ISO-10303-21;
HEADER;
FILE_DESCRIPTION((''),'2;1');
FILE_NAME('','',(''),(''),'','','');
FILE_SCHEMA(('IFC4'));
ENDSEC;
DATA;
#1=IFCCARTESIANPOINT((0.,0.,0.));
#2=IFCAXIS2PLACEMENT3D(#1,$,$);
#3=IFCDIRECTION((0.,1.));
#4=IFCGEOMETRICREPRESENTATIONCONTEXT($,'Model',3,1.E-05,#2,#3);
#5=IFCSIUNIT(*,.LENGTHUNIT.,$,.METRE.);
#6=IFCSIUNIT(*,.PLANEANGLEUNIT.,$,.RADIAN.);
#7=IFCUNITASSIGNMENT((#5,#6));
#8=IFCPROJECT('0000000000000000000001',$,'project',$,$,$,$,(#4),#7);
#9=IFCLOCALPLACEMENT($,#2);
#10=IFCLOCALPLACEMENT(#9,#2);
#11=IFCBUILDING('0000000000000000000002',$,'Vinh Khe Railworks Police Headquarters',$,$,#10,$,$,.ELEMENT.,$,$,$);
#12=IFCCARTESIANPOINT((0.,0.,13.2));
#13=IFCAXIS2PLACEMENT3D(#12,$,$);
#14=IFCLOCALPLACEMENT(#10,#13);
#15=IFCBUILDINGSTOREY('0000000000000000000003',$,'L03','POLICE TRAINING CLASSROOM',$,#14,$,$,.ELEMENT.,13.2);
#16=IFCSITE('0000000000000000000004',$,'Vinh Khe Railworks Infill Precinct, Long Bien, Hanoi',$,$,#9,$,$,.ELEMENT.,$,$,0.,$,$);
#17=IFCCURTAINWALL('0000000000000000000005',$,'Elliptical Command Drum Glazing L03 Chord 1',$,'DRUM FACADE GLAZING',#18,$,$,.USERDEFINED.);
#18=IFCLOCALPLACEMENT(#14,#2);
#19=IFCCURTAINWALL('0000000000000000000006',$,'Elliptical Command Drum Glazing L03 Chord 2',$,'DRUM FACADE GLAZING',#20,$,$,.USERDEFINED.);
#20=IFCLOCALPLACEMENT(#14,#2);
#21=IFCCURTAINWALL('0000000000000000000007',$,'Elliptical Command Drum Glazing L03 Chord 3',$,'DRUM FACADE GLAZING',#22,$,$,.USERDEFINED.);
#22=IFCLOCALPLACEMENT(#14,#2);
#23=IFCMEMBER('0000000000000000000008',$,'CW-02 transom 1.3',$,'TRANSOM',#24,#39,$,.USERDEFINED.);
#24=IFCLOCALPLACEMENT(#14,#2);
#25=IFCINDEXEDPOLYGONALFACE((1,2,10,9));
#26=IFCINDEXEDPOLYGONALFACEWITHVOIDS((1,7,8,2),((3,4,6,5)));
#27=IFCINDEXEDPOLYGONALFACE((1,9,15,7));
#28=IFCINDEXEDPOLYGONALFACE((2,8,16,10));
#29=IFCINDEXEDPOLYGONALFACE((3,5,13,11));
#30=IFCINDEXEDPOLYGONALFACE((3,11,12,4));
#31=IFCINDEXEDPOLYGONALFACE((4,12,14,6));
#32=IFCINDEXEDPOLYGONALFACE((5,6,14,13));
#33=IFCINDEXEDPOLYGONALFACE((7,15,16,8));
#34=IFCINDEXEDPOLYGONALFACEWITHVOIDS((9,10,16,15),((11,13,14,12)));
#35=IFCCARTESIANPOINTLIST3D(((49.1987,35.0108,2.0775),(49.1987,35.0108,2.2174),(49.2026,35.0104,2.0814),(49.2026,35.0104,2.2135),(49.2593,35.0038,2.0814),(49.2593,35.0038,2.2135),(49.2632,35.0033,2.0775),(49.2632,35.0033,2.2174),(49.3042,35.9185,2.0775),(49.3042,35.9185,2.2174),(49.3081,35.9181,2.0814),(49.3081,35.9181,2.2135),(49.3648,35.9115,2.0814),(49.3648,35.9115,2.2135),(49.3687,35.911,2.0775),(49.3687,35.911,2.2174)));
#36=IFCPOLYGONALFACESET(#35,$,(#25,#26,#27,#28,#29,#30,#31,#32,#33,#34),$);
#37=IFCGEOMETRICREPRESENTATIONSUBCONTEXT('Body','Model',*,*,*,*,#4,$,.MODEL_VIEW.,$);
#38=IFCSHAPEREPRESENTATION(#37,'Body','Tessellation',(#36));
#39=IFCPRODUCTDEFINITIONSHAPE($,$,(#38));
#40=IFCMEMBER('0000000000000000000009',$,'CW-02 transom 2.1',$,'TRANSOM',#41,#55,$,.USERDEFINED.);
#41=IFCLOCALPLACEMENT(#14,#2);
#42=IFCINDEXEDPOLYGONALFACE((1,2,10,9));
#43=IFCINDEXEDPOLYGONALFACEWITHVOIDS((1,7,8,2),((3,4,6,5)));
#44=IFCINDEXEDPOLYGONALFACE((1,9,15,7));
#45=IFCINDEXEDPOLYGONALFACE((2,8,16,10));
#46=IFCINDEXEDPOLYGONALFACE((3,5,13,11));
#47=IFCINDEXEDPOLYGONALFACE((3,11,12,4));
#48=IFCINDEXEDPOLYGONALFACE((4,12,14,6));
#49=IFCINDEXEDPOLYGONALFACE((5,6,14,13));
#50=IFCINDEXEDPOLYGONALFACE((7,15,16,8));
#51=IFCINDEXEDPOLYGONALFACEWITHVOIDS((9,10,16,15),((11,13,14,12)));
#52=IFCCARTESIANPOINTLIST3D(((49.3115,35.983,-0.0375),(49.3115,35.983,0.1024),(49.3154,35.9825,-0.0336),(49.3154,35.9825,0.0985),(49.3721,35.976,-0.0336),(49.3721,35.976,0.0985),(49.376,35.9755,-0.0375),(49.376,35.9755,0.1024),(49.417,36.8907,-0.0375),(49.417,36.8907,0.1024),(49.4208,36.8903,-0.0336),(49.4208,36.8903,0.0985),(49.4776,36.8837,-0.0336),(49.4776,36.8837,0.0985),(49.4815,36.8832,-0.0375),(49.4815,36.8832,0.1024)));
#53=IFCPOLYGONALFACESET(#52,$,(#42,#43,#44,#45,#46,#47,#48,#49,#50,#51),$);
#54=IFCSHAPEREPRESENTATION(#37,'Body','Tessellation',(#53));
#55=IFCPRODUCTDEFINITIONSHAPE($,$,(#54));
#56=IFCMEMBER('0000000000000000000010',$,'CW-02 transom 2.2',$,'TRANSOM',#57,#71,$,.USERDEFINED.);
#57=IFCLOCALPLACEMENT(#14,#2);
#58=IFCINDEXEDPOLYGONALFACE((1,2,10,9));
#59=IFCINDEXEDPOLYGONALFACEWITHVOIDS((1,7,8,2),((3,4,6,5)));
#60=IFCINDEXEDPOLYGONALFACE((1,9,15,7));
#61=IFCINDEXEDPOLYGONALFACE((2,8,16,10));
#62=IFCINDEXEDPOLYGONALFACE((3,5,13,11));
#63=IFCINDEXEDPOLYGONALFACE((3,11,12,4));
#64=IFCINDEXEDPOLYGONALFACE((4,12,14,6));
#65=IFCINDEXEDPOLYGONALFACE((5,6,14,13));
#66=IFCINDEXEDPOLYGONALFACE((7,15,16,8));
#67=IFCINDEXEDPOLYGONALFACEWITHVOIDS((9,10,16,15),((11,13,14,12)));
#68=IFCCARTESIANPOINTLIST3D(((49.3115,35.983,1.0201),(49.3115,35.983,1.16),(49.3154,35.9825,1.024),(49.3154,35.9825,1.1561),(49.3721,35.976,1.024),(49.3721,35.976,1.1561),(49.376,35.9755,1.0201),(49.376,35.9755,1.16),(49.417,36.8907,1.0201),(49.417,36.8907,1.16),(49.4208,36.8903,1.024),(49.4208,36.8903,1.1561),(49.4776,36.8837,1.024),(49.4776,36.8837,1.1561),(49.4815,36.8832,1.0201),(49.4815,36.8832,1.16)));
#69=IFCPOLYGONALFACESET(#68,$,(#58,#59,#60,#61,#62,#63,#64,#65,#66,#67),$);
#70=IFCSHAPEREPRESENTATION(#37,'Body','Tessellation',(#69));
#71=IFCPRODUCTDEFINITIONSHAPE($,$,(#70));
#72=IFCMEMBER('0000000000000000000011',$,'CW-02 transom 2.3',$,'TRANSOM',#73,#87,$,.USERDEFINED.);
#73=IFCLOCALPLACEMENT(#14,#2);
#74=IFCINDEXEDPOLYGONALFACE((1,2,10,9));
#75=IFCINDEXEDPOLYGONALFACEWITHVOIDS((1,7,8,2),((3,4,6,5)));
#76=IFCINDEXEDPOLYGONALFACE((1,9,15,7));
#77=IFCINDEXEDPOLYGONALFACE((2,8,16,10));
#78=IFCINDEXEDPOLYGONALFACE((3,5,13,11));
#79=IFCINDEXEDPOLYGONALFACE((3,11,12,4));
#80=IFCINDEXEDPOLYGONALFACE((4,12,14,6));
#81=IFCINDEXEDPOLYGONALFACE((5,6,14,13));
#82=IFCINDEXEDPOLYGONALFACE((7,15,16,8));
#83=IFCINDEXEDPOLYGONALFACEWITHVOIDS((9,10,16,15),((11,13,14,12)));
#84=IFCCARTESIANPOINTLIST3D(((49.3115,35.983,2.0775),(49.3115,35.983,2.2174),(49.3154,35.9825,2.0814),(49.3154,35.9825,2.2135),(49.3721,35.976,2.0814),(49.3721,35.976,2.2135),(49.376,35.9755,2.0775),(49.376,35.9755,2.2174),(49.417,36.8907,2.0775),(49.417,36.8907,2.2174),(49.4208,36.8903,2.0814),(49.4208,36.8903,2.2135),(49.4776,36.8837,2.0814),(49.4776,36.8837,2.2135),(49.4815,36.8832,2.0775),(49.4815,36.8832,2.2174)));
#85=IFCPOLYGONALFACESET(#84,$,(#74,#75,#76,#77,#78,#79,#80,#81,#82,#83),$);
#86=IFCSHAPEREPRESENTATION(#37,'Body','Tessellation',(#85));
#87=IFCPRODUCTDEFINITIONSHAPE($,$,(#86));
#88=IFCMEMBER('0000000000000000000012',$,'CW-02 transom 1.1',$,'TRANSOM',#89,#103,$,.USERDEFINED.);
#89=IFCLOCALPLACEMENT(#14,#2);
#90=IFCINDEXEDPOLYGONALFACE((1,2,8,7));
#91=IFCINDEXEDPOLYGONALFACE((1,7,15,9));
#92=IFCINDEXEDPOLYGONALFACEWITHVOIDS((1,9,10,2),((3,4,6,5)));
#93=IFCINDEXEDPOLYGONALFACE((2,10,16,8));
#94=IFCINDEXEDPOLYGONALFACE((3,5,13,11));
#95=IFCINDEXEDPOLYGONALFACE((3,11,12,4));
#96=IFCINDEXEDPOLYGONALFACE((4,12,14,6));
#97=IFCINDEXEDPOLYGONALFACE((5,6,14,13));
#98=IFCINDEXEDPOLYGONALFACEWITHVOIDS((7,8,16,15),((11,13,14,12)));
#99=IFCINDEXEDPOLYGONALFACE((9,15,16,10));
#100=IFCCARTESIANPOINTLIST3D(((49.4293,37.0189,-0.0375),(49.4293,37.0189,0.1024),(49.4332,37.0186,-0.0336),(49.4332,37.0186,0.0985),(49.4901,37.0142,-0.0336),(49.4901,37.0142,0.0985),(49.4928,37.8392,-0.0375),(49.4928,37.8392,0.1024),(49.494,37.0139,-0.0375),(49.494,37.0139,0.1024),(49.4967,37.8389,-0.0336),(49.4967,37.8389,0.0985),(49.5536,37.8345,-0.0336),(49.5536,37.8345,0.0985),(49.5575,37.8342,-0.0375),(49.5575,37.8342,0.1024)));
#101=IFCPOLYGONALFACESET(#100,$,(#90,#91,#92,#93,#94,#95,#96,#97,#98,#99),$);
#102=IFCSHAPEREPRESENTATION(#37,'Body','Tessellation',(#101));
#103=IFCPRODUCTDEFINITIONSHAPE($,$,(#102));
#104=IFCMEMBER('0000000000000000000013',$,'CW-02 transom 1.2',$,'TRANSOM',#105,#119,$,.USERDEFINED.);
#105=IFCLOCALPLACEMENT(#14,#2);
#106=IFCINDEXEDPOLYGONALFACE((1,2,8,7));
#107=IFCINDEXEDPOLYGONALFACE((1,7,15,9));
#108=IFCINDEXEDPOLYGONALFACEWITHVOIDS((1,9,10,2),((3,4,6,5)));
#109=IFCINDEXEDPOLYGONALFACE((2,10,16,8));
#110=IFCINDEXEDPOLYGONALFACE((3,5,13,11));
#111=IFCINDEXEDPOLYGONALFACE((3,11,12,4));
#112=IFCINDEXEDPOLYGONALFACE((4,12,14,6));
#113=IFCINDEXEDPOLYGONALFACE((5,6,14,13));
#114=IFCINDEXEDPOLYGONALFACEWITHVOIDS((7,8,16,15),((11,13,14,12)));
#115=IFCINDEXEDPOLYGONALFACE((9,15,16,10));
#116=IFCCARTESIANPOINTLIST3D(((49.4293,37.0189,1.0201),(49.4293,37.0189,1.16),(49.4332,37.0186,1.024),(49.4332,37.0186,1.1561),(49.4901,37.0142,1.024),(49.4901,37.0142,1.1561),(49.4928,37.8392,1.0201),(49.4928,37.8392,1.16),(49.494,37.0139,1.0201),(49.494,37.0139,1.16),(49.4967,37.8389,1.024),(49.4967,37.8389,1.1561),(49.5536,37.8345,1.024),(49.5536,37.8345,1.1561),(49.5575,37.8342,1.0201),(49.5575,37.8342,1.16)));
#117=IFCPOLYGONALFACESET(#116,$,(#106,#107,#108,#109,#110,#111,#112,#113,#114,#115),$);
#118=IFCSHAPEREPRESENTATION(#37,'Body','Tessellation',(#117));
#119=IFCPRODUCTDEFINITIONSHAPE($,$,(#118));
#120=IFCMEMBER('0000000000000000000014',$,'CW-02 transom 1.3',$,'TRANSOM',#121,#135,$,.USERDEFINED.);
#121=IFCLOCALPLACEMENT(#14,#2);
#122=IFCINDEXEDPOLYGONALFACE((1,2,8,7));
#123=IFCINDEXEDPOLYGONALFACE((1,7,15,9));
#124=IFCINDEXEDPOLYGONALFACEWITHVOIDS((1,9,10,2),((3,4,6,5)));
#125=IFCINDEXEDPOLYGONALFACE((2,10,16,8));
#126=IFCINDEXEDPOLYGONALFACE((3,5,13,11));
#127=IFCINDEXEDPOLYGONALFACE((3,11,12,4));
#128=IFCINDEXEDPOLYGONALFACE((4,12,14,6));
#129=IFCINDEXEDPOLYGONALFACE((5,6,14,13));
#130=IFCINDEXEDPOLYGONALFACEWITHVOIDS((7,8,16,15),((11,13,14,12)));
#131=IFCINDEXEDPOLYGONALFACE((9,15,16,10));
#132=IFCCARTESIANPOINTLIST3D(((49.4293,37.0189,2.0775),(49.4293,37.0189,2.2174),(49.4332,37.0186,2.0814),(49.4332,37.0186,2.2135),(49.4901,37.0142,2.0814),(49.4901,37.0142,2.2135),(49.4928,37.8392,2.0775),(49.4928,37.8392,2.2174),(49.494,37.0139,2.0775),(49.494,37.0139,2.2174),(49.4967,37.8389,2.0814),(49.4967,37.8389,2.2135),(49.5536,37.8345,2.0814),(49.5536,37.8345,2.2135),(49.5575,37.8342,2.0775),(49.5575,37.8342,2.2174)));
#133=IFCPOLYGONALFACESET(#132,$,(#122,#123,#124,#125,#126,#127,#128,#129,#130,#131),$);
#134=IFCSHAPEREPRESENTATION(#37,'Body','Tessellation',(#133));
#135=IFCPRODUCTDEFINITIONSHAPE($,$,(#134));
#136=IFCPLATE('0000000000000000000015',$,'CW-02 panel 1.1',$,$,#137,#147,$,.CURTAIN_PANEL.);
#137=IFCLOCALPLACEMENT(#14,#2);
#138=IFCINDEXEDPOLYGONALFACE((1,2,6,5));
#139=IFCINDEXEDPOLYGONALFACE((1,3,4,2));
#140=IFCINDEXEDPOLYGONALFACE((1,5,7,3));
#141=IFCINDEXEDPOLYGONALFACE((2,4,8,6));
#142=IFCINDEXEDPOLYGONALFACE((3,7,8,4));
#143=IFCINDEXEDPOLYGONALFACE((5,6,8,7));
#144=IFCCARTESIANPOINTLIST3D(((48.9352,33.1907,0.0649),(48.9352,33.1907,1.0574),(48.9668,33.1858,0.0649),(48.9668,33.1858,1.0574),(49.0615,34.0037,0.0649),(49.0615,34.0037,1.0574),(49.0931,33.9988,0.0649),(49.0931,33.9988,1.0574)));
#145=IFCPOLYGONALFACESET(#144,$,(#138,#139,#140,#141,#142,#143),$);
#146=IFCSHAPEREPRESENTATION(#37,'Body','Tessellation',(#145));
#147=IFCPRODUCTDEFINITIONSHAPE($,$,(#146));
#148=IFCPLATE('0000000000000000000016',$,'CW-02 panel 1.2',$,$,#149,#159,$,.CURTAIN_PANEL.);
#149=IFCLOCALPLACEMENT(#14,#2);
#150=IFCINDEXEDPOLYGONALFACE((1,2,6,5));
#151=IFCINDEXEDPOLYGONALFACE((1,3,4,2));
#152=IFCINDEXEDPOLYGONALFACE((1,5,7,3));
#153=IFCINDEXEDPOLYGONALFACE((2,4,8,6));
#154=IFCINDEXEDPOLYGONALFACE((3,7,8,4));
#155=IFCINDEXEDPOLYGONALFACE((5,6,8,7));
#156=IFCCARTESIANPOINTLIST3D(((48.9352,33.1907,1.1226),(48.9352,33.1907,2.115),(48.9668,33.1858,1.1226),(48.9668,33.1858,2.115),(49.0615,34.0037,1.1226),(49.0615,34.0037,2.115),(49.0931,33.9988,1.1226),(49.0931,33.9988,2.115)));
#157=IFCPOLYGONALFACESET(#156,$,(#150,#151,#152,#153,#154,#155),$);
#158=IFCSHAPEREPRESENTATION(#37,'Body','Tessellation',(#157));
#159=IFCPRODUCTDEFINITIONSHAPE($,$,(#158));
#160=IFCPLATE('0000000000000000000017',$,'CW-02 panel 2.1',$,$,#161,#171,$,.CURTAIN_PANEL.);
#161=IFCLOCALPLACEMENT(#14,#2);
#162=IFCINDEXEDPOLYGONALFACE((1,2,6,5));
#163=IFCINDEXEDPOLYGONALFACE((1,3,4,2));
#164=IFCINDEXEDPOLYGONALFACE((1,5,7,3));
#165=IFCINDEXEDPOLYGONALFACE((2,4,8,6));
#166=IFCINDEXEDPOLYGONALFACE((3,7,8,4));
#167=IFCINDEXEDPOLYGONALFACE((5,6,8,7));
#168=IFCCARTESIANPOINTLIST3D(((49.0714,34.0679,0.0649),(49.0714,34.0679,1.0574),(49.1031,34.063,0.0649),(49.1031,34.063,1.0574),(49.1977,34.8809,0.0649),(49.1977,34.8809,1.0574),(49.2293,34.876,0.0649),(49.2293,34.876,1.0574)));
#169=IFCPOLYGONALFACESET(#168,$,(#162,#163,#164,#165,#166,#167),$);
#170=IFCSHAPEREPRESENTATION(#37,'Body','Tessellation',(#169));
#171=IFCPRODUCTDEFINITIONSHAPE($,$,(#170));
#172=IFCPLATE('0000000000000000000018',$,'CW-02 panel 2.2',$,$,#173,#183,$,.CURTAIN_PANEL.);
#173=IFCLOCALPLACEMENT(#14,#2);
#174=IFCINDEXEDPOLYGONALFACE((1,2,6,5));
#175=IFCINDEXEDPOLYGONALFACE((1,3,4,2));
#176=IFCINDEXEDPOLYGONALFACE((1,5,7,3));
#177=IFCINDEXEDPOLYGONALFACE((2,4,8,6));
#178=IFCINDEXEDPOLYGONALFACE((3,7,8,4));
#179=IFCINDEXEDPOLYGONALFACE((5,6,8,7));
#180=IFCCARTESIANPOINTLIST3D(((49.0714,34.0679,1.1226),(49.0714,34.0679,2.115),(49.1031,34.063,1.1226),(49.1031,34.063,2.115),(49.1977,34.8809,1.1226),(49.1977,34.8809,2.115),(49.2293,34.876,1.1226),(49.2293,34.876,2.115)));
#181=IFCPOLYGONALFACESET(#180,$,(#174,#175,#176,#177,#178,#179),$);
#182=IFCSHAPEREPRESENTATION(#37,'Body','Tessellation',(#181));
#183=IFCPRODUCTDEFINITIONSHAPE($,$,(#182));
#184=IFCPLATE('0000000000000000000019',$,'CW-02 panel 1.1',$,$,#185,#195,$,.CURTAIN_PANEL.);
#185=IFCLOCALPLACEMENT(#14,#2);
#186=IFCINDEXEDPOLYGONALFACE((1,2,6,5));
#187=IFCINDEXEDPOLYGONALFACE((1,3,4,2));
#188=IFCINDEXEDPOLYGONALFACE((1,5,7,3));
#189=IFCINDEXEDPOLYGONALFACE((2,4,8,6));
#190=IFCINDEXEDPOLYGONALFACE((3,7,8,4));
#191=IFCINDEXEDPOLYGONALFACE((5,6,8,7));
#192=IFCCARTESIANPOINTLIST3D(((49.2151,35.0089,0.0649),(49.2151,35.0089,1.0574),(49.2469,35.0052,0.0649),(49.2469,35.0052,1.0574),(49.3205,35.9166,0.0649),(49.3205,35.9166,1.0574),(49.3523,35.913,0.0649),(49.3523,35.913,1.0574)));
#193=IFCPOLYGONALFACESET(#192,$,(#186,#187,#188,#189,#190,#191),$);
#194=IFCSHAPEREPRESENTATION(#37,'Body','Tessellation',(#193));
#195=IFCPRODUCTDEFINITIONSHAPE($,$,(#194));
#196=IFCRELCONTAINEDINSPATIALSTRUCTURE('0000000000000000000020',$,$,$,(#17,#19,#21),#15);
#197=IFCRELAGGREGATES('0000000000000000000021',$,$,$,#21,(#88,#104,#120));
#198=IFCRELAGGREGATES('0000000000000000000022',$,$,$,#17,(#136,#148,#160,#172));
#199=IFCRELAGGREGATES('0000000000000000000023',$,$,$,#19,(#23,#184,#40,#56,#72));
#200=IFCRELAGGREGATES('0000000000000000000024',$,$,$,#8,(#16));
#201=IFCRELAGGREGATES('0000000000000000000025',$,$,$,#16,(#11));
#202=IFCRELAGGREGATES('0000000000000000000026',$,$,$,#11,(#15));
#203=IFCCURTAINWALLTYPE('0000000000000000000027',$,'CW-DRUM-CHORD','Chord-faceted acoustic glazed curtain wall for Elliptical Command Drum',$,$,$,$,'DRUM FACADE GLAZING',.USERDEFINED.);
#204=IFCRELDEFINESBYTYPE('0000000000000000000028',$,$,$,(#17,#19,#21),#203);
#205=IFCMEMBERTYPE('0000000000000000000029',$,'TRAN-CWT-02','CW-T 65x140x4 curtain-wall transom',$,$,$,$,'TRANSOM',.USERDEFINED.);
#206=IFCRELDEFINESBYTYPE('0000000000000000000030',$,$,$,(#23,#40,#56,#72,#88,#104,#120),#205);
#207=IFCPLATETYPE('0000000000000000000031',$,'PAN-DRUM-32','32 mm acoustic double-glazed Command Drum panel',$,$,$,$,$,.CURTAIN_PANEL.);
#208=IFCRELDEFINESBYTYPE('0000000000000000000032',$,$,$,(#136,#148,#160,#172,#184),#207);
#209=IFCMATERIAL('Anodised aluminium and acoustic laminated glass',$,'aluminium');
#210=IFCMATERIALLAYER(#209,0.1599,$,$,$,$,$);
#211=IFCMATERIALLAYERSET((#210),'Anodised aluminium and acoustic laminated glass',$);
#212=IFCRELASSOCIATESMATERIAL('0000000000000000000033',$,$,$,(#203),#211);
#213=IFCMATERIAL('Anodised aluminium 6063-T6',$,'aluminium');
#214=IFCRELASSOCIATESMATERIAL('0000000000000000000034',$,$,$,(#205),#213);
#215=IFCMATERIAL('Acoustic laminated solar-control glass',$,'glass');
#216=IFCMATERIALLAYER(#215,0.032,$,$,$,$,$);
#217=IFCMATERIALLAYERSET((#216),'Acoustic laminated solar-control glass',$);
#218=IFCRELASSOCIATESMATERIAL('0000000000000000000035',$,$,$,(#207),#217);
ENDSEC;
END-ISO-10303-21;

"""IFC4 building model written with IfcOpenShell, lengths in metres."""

from ifc_helpers import new_model, si_unit, direction, frame, origin, origin_2d, place, context, subcontext, project, spatial, rectangle, hollow_rectangle, extrude, material, layer, layer_set, material_profile, profile_set, type_object, element, aggregate, save


model = new_model("IFC4")

# Units and contexts
model_context = context("Model", 3, precision=1e-05, world=origin(), true_north=direction((0.0, 1.0)))
body_context = subcontext(model_context, "Body", "Model", "MODEL_VIEW")
ifc_project = project(units=[si_unit("LENGTHUNIT", "METRE"), si_unit("PLANEANGLEUNIT", "RADIAN")], contexts=[model_context])

# Site, building, storey
site_placement = place(None, origin())
site = spatial("IfcSite", under=ifc_project, at=site_placement, Name="Vinh Khe Railworks Infill Precinct, Long Bien, Hanoi", CompositionType="ELEMENT", RefElevation=0.0)
building_placement = place(site_placement, origin())
building = spatial("IfcBuilding", under=site, at=building_placement, Name="Vinh Khe Railworks Police Headquarters", CompositionType="ELEMENT")
storey_placement = place(building_placement, frame((0.0, 0.0, 13.2)))
storey = spatial("IfcBuildingStorey", under=building, at=storey_placement, Name="L03", Description="POLICE TRAINING CLASSROOM", CompositionType="ELEMENT", Elevation=13.2)

# Curtain walls
ifc_material_1 = material(Name="Anodised aluminium and acoustic laminated glass", Category="aluminium")
ifc_layer_1 = layer(ifc_material_1, 0.1599)
ifc_layer_set_1 = layer_set([ifc_layer_1], Name="Anodised aluminium and acoustic laminated glass")
curtain_wall_type = type_object("IfcCurtainWallType", Name="CW-DRUM-CHORD", Description="Chord-faceted acoustic glazed curtain wall for Elliptical Command Drum", ElementType="DRUM FACADE GLAZING", PredefinedType="USERDEFINED", material=ifc_layer_set_1)
curtain_wall_1_placement = place(storey_placement, origin())
curtain_wall_1 = element("IfcCurtainWall", 1, at=curtain_wall_1_placement, inside=storey, type_object=curtain_wall_type, Name="Elliptical Command Drum Glazing L03 Chord 1", ObjectType="DRUM FACADE GLAZING", PredefinedType="USERDEFINED")
ifc_material_2 = material(Name="Anodised aluminium 6063-T6", Category="aluminium")
curtain_wall_2_placement = place(storey_placement, origin())
curtain_wall_2 = element("IfcCurtainWall", 2, at=curtain_wall_2_placement, inside=storey, type_object=curtain_wall_type, Name="Elliptical Command Drum Glazing L03 Chord 2", ObjectType="DRUM FACADE GLAZING", PredefinedType="USERDEFINED")

# Curtain wall
curtain_wall_3_placement = place(storey_placement, origin())
curtain_wall_3 = element("IfcCurtainWall", 3, at=curtain_wall_3_placement, inside=storey, type_object=curtain_wall_type, Name="Elliptical Command Drum Glazing L03 Chord 3", ObjectType="DRUM FACADE GLAZING", PredefinedType="USERDEFINED")

# Members
ifc_material_profile_1 = material_profile(ifc_material_2, hollow_rectangle(XDim=0.0649, YDim=0.1399, WallThickness=0.0039, at=origin_2d()), Name="CW-T 65x140x4")
ifc_profile_set_1 = profile_set([ifc_material_profile_1], Name="Anodised aluminium 6063-T6")
member_type_1 = type_object("IfcMemberType", Name="TRAN-CWT-02", Description="CW-T 65x140x4 curtain-wall transom", ElementType="TRANSOM", PredefinedType="USERDEFINED", material=ifc_profile_set_1)
member_1_placement = place(storey_placement, frame((49.231, 35.0071, 2.1475), z_axis=(0.115415, 0.993317, 0.0), x_axis=(-0.993317, 0.115415, 0.0)))
member_1 = element("IfcMember", 4, at=member_1_placement, type_object=member_type_1, Name="CW-02 transom 1.3", ObjectType="TRANSOM", PredefinedType="USERDEFINED", context=body_context, shape_type="SweptSolid", body=[
    extrude(hollow_rectangle(XDim=0.0649, YDim=0.1399, WallThickness=0.0039, at=origin_2d()), origin(), (0.0, 0.0, 1.0), 0.9138),
])
member_2_placement = place(storey_placement, frame((49.3438, 35.9792, 0.0325), z_axis=(0.115415, 0.993317, 0.0), x_axis=(-0.993317, 0.115415, 0.0)))
member_2 = element("IfcMember", 5, at=member_2_placement, type_object=member_type_1, Name="CW-02 transom 2.1", ObjectType="TRANSOM", PredefinedType="USERDEFINED", context=body_context, shape_type="SweptSolid", body=[
    extrude(hollow_rectangle(XDim=0.0649, YDim=0.1399, WallThickness=0.0039, at=origin_2d()), origin(), (0.0, 0.0, 1.0), 0.9138),
])
member_3_placement = place(storey_placement, frame((49.3438, 35.9792, 1.0901), z_axis=(0.115415, 0.993317, 0.0), x_axis=(-0.993317, 0.115415, 0.0)))
member_3 = element("IfcMember", 6, at=member_3_placement, type_object=member_type_1, Name="CW-02 transom 2.2", ObjectType="TRANSOM", PredefinedType="USERDEFINED", context=body_context, shape_type="SweptSolid", body=[
    extrude(hollow_rectangle(XDim=0.0649, YDim=0.1399, WallThickness=0.0039, at=origin_2d()), origin(), (0.0, 0.0, 1.0), 0.9138),
])
member_4_placement = place(storey_placement, frame((49.3438, 35.9792, 2.1475), z_axis=(0.115415, 0.993317, 0.0), x_axis=(-0.993317, 0.115415, 0.0)))
member_4 = element("IfcMember", 7, at=member_4_placement, type_object=member_type_1, Name="CW-02 transom 2.3", ObjectType="TRANSOM", PredefinedType="USERDEFINED", context=body_context, shape_type="SweptSolid", body=[
    extrude(hollow_rectangle(XDim=0.0649, YDim=0.1399, WallThickness=0.0039, at=origin_2d()), origin(), (0.0, 0.0, 1.0), 0.9138),
])
member_5_placement = place(storey_placement, frame((49.4617, 37.0164, 0.0325), z_axis=(0.07715, 0.997019, 0.0), x_axis=(-0.997019, 0.07715, 0.0)))
member_5 = element("IfcMember", 8, at=member_5_placement, type_object=member_type_1, Name="CW-02 transom 1.1", ObjectType="TRANSOM", PredefinedType="USERDEFINED", context=body_context, shape_type="SweptSolid", body=[
    extrude(hollow_rectangle(XDim=0.0649, YDim=0.1399, WallThickness=0.0039, at=origin_2d()), origin(), (0.0, 0.0, 1.0), 0.8228),
])
member_6_placement = place(storey_placement, frame((49.4617, 37.0164, 1.0901), z_axis=(0.07715, 0.997019, 0.0), x_axis=(-0.997019, 0.07715, 0.0)))
member_6 = element("IfcMember", 9, at=member_6_placement, type_object=member_type_1, Name="CW-02 transom 1.2", ObjectType="TRANSOM", PredefinedType="USERDEFINED", context=body_context, shape_type="SweptSolid", body=[
    extrude(hollow_rectangle(XDim=0.0649, YDim=0.1399, WallThickness=0.0039, at=origin_2d()), origin(), (0.0, 0.0, 1.0), 0.8228),
])
member_7_placement = place(storey_placement, frame((49.4617, 37.0164, 2.1475), z_axis=(0.07715, 0.997019, 0.0), x_axis=(-0.997019, 0.07715, 0.0)))
member_7 = element("IfcMember", 10, at=member_7_placement, type_object=member_type_1, Name="CW-02 transom 1.3", ObjectType="TRANSOM", PredefinedType="USERDEFINED", context=body_context, shape_type="SweptSolid", body=[
    extrude(hollow_rectangle(XDim=0.0649, YDim=0.1399, WallThickness=0.0039, at=origin_2d()), origin(), (0.0, 0.0, 1.0), 0.8228),
])
aggregate(curtain_wall_3, [member_5, member_6, member_7])

# Plates
ifc_material_3 = material(Name="Acoustic laminated solar-control glass", Category="glass")
ifc_layer_2 = layer(ifc_material_3, 0.032)
ifc_layer_set_2 = layer_set([ifc_layer_2], Name="Acoustic laminated solar-control glass")
plate_type_1 = type_object("IfcPlateType", Name="PAN-DRUM-32", Description="32 mm acoustic double-glazed Command Drum panel", PredefinedType="CURTAIN_PANEL", material=ifc_layer_set_2)
plate_1_placement = place(storey_placement, frame((49.0142, 33.5947, 0.0649), z_axis=(0.0, 0.0, 1.0), x_axis=(0.153489, 0.98815, 0.0)))
plate_1 = element("IfcPlate", 11, at=plate_1_placement, type_object=plate_type_1, Name="CW-02 panel 1.1", PredefinedType="CURTAIN_PANEL", context=body_context, shape_type="SweptSolid", body=[
    extrude(rectangle(XDim=0.8228, YDim=0.032, at=origin_2d()), origin(), (0.0, 0.0, 1.0), 0.9924),
])
plate_2_placement = place(storey_placement, frame((49.0142, 33.5947, 1.1226), z_axis=(0.0, 0.0, 1.0), x_axis=(0.153489, 0.98815, 0.0)))
plate_2 = element("IfcPlate", 12, at=plate_2_placement, type_object=plate_type_1, Name="CW-02 panel 1.2", PredefinedType="CURTAIN_PANEL", context=body_context, shape_type="SweptSolid", body=[
    extrude(rectangle(XDim=0.8228, YDim=0.032, at=origin_2d()), origin(), (0.0, 0.0, 1.0), 0.9924),
])
plate_3_placement = place(storey_placement, frame((49.1504, 34.4719, 0.0649), z_axis=(0.0, 0.0, 1.0), x_axis=(0.153489, 0.98815, 0.0)))
plate_3 = element("IfcPlate", 13, at=plate_3_placement, type_object=plate_type_1, Name="CW-02 panel 2.1", PredefinedType="CURTAIN_PANEL", context=body_context, shape_type="SweptSolid", body=[
    extrude(rectangle(XDim=0.8228, YDim=0.032, at=origin_2d()), origin(), (0.0, 0.0, 1.0), 0.9924),
])
plate_4_placement = place(storey_placement, frame((49.1504, 34.4719, 1.1226), z_axis=(0.0, 0.0, 1.0), x_axis=(0.153489, 0.98815, 0.0)))
plate_4 = element("IfcPlate", 14, at=plate_4_placement, type_object=plate_type_1, Name="CW-02 panel 2.2", PredefinedType="CURTAIN_PANEL", context=body_context, shape_type="SweptSolid", body=[
    extrude(rectangle(XDim=0.8228, YDim=0.032, at=origin_2d()), origin(), (0.0, 0.0, 1.0), 0.9924),
])
aggregate(curtain_wall_1, [plate_1, plate_2, plate_3, plate_4])
plate_5_placement = place(storey_placement, frame((49.2837, 35.4609, 0.0649), z_axis=(0.0, 0.0, 1.0), x_axis=(0.115318, 0.993329, 0.0)))
plate_5 = element("IfcPlate", 15, at=plate_5_placement, type_object=plate_type_1, Name="CW-02 panel 1.1", PredefinedType="CURTAIN_PANEL", context=body_context, shape_type="SweptSolid", body=[
    extrude(rectangle(XDim=0.9138, YDim=0.032, at=origin_2d()), origin(), (0.0, 0.0, 1.0), 0.9924),
])
aggregate(curtain_wall_2, [member_1, plate_5, member_2, member_3, member_4])

save(model, "model.ifc")
